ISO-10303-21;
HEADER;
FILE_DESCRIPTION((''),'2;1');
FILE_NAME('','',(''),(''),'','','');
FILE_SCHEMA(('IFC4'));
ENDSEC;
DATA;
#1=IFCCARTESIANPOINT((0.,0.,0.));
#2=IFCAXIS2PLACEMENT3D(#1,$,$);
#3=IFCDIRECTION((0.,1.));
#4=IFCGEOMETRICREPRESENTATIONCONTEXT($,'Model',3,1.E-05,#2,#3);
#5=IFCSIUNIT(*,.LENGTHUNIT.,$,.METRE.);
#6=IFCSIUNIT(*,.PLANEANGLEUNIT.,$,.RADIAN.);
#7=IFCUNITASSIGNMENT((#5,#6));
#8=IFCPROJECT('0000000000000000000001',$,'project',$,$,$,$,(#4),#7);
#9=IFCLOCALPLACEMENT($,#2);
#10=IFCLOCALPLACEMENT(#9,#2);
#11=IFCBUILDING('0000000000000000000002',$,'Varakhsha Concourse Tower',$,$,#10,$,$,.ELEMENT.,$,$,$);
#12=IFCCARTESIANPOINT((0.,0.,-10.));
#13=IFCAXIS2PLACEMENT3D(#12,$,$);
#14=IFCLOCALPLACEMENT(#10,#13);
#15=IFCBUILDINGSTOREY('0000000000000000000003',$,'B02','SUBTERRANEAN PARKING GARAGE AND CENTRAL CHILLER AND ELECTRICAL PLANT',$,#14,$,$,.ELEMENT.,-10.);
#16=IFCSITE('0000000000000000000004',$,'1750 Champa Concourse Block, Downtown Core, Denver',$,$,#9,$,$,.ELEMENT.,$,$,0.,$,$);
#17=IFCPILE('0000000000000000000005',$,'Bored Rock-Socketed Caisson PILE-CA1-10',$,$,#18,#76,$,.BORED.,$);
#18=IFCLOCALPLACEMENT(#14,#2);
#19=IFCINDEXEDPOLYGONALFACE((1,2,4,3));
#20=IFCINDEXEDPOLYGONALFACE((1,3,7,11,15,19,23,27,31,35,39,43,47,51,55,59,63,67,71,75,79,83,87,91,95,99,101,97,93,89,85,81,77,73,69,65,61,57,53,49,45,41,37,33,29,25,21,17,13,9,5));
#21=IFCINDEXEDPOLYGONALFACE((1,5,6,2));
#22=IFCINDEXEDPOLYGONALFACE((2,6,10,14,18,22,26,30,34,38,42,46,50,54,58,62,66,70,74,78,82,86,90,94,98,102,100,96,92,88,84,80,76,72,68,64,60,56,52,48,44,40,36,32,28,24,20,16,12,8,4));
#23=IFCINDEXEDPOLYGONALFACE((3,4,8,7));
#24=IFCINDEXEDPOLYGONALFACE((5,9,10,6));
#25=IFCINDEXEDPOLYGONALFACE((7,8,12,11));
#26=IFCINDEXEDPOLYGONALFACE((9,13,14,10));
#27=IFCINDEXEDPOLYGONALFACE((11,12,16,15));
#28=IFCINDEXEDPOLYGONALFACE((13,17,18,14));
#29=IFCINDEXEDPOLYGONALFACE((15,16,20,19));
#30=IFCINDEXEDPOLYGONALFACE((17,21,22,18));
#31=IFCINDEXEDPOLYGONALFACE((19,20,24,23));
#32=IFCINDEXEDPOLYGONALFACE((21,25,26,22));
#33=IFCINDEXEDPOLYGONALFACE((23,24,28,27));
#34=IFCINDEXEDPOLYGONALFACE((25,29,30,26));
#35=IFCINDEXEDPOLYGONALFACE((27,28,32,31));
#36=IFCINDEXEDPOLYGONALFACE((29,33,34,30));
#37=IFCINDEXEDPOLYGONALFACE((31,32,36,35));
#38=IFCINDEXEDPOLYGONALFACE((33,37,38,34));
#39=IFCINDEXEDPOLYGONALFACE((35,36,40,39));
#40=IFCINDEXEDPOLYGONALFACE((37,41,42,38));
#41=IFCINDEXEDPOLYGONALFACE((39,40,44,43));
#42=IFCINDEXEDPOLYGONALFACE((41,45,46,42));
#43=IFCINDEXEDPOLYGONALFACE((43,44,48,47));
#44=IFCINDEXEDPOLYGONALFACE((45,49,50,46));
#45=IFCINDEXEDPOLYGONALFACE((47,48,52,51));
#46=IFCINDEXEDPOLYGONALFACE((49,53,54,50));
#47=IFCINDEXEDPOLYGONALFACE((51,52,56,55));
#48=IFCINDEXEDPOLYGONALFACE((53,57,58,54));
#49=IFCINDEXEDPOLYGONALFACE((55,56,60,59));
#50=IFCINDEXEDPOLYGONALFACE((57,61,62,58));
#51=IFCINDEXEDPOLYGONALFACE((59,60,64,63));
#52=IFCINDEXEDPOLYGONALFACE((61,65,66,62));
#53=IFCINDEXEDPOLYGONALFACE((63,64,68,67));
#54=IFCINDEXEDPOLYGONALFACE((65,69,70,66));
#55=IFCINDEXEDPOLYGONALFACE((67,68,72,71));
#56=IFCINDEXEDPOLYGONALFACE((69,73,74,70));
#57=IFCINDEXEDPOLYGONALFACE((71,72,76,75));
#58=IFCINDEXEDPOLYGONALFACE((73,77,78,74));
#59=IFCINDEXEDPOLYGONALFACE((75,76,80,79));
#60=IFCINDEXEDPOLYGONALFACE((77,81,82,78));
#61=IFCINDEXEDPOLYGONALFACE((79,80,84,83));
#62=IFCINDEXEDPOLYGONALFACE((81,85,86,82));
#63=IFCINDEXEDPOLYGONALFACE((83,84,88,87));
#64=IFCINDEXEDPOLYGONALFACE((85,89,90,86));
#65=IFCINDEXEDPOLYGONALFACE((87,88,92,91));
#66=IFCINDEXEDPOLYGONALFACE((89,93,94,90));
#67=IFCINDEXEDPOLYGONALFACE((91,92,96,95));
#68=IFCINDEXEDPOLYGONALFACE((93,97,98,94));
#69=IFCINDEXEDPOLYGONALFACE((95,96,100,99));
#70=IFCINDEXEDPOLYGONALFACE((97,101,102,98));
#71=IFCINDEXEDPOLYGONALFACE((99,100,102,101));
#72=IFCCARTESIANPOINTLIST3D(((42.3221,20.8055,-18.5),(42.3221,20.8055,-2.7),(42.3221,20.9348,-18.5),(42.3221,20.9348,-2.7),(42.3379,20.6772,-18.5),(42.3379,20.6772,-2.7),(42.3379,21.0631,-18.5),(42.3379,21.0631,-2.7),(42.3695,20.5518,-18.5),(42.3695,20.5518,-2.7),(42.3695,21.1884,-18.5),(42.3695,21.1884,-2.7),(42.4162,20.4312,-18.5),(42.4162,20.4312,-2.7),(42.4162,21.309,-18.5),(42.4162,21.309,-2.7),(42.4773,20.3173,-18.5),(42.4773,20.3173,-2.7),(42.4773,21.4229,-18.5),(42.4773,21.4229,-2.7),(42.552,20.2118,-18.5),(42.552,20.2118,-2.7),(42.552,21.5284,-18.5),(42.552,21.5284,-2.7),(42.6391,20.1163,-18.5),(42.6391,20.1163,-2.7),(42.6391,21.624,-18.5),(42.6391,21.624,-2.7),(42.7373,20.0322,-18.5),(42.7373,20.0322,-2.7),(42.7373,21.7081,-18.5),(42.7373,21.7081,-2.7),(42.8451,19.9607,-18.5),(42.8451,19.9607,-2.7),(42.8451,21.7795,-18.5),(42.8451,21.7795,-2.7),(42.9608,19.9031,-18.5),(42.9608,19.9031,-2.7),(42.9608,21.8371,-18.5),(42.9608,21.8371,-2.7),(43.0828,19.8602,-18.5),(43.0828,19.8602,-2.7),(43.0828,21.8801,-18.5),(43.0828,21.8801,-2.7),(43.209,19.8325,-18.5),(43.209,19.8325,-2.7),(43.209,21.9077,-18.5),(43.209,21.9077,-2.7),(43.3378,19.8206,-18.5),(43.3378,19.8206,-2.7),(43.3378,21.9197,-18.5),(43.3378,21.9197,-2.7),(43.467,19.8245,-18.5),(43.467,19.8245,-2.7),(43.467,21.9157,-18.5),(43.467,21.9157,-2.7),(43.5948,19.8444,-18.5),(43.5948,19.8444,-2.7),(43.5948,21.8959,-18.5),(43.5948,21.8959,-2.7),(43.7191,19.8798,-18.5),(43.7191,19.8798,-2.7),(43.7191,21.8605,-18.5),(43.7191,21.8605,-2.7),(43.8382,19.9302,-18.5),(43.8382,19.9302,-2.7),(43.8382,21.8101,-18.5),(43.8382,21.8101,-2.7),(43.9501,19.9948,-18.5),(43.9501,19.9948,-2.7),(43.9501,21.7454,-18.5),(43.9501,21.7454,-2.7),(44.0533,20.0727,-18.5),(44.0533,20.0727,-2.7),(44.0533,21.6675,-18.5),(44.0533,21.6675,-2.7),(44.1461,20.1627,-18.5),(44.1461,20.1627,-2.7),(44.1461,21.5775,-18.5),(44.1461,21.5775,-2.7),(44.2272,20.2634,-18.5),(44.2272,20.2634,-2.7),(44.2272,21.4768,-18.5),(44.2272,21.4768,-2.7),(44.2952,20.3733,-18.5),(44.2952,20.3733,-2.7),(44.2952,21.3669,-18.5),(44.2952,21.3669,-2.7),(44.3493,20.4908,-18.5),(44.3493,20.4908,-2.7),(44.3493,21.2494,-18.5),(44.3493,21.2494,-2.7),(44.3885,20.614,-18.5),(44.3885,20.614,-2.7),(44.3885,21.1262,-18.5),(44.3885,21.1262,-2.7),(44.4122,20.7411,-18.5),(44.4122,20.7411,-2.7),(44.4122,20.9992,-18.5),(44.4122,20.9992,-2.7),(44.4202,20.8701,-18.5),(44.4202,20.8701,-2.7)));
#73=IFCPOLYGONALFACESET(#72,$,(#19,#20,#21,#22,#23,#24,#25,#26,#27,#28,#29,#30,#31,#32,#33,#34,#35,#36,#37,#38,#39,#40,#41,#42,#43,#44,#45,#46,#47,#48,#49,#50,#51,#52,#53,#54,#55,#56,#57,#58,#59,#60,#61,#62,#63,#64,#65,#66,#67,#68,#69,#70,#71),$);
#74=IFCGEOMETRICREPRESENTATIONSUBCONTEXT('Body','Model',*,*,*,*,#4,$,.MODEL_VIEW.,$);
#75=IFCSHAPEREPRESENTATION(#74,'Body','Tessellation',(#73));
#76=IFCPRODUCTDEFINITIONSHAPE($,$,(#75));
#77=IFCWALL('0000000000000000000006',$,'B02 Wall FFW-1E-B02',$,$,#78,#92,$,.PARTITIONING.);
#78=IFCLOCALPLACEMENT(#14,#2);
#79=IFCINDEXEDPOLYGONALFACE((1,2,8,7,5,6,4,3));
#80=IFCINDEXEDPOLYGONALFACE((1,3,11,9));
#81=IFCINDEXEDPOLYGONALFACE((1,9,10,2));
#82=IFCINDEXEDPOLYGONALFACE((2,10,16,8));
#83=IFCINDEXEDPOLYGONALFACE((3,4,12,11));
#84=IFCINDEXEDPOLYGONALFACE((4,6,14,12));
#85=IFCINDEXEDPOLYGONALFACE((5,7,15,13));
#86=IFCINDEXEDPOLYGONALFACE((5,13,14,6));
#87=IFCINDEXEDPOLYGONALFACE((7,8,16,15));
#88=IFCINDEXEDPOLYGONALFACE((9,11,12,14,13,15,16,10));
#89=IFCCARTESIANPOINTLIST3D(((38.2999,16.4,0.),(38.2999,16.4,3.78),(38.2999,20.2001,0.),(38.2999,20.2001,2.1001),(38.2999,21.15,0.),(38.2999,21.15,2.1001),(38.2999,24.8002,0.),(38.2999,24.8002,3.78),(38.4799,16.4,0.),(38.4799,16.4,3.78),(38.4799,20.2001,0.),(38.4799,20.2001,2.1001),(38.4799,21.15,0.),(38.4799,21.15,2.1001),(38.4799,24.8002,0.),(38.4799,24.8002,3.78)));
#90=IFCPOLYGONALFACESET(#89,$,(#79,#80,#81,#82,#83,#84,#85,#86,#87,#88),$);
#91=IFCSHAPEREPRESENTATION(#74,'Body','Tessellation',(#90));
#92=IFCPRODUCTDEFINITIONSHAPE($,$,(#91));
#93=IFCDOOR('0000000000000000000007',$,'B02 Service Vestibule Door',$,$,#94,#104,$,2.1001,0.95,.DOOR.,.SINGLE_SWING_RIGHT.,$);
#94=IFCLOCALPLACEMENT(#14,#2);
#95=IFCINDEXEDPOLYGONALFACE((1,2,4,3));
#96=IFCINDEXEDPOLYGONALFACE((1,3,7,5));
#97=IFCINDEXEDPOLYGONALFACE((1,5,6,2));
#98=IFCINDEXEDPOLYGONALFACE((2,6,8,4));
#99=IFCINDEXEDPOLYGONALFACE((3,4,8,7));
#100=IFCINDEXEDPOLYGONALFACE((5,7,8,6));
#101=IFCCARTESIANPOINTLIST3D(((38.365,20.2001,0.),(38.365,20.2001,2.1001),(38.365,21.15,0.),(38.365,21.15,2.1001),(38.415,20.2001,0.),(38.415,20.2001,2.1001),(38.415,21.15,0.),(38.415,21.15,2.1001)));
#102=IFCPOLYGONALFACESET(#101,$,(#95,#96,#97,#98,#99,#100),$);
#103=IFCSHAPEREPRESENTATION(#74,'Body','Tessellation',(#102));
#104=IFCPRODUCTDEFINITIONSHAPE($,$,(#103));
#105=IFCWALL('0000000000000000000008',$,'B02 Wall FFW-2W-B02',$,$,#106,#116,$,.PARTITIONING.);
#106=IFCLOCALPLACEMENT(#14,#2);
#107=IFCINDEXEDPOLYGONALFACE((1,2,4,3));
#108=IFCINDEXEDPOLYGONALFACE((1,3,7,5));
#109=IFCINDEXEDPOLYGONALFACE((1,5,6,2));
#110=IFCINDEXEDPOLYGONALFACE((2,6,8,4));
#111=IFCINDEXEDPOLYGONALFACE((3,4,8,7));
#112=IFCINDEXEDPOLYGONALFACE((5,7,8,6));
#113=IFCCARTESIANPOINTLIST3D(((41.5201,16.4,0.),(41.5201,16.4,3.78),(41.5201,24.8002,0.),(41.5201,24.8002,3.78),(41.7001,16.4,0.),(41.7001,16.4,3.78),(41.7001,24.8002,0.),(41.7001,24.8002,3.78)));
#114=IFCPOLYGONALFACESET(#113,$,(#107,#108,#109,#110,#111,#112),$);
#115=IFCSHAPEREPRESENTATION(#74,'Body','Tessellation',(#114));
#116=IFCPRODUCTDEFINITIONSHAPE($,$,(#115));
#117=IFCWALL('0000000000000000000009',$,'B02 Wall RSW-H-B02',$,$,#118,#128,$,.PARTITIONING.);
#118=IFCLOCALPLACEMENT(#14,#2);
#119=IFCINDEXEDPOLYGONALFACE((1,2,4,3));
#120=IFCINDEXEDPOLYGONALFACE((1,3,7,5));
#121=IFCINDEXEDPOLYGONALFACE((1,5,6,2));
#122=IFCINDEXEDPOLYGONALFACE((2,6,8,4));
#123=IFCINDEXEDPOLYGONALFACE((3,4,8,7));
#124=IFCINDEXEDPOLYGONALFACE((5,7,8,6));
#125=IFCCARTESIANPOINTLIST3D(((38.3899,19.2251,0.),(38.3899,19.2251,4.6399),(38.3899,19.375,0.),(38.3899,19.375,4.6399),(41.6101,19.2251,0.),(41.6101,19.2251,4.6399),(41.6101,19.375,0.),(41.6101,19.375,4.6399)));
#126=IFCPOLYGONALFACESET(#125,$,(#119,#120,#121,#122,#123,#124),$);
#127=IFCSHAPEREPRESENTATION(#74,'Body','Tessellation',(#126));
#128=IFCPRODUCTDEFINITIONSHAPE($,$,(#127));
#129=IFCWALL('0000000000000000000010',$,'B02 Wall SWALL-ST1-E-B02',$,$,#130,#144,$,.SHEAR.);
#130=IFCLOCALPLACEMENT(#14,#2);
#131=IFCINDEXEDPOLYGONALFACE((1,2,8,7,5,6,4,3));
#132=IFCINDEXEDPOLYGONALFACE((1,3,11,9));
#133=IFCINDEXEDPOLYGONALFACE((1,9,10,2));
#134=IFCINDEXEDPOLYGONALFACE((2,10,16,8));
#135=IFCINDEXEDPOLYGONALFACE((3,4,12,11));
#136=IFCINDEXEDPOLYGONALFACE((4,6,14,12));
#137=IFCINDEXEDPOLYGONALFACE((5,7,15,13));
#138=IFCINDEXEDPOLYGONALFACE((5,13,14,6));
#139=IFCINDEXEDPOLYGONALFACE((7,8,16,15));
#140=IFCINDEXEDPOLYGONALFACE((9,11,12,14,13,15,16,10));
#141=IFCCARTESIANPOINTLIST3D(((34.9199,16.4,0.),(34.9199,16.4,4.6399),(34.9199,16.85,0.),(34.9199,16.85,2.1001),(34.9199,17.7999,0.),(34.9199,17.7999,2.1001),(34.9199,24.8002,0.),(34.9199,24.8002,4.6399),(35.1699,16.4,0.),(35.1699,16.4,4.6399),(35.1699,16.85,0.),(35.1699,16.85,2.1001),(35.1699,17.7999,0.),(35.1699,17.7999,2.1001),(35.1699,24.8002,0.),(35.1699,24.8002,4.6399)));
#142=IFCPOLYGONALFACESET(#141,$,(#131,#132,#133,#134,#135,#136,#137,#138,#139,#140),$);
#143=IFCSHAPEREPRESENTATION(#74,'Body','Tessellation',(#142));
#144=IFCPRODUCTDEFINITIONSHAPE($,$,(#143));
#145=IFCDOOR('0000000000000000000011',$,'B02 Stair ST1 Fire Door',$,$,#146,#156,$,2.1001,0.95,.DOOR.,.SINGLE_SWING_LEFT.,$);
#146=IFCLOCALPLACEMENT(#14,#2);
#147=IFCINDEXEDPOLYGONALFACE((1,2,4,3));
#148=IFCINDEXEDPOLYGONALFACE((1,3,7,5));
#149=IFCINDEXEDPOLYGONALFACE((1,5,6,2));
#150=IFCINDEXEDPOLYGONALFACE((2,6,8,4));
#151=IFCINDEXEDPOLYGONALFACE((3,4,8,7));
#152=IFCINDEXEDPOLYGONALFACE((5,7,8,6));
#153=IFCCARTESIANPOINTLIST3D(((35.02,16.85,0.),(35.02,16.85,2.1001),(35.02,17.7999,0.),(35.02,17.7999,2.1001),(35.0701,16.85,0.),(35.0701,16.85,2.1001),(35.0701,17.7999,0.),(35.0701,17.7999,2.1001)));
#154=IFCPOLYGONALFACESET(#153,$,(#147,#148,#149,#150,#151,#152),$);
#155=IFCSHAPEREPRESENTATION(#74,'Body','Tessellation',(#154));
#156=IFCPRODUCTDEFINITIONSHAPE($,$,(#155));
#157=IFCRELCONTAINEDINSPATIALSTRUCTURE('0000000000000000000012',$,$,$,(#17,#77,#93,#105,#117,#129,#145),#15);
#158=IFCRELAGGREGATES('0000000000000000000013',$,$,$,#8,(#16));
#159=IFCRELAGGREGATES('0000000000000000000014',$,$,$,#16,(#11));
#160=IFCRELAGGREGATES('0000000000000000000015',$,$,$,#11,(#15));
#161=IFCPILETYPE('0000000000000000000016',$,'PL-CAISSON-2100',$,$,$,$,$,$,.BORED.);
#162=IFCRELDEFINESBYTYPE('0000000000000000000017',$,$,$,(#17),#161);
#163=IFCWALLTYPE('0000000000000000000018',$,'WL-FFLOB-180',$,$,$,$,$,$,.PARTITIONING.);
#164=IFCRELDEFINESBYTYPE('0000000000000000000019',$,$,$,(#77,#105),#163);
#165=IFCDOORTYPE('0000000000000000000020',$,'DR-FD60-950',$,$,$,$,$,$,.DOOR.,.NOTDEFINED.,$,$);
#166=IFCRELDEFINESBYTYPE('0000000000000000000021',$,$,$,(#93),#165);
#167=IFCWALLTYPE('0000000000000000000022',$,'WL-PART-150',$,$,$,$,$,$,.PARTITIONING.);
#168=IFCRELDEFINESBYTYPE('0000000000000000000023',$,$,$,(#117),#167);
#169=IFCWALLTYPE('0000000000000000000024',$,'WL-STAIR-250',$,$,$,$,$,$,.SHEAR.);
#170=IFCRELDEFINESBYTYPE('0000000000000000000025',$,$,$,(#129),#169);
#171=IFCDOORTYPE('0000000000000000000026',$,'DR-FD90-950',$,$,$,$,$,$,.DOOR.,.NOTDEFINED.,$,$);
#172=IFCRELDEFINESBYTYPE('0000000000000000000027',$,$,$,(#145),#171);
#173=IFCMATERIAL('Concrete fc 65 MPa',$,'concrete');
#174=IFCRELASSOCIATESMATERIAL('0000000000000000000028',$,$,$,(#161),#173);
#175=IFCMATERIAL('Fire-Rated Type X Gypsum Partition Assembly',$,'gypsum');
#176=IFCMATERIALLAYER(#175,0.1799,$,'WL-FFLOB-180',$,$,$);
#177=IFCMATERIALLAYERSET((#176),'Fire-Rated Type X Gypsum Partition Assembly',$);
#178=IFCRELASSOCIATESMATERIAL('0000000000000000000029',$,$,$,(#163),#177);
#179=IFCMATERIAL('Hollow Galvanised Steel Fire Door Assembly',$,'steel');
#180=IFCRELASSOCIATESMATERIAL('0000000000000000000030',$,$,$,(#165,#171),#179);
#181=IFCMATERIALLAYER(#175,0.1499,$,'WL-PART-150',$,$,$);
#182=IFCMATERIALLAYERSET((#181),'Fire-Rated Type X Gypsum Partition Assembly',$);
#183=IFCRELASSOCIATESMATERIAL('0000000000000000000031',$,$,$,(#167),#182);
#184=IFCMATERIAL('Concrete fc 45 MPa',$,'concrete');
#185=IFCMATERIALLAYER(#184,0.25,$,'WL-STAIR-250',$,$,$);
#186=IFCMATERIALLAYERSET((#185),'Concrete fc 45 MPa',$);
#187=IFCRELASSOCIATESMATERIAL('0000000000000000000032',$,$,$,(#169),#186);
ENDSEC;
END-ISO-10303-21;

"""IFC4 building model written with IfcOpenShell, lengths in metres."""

from ifc_helpers import new_model, si_unit, direction, frame, frame_2d, origin, origin_2d, place, context, subcontext, project, spatial, rectangle, circle, extrude, material, layer, layer_set, material_profile, profile_set, type_object, element, fill, save


model = new_model("IFC4")

# Units and contexts
model_context = context("Model", 3, precision=1e-05, world=origin(), true_north=direction((0.0, 1.0)))
body_context = subcontext(model_context, "Body", "Model", "MODEL_VIEW")
ifc_project = project(units=[si_unit("LENGTHUNIT", "METRE"), si_unit("PLANEANGLEUNIT", "RADIAN")], contexts=[model_context])

# Site, building, storey
site_placement = place(None, origin())
site = spatial("IfcSite", under=ifc_project, at=site_placement, Name="1750 Champa Concourse Block, Downtown Core, Denver", CompositionType="ELEMENT", RefElevation=0.0)
building_placement = place(site_placement, origin())
building = spatial("IfcBuilding", under=site, at=building_placement, Name="Varakhsha Concourse Tower", CompositionType="ELEMENT")
storey_placement = place(building_placement, frame((0.0, 0.0, -10.0)))
storey = spatial("IfcBuildingStorey", under=building, at=storey_placement, Name="B02", Description="SUBTERRANEAN PARKING GARAGE AND CENTRAL CHILLER AND ELECTRICAL PLANT", CompositionType="ELEMENT", Elevation=-10.0)

# Pile
ifc_material_1 = material(Name="Concrete fc 65 MPa", Category="concrete")
ifc_material_profile = material_profile(ifc_material_1, circle(Radius=1.05, at=origin_2d()), Name="CAISSON D2100")
ifc_profile_set = profile_set([ifc_material_profile], Name="Concrete fc 65 MPa")
pile_type = type_object("IfcPileType", Name="PL-CAISSON-2100", PredefinedType="BORED", material=ifc_profile_set)
for number, where, z_axis, x_axis, name in (
    (1, (43.3701, 20.8701, -2.7), (0.0, 0.0, -1.0), (1.0, 0.0, 0.0), "Bored Rock-Socketed Caisson PILE-CA1-10"),
):
    element("IfcPile", number, at=place(storey_placement, frame(where, z_axis=z_axis, x_axis=x_axis)), inside=storey, type_object=pile_type, Name=name, PredefinedType="BORED", context=body_context, shape_type="SweptSolid", body=[
        extrude(circle(Radius=1.05, at=origin_2d()), origin(), (0.0, 0.0, 1.0), 15.8),
    ])

# Wall, opening, door
ifc_material_2 = material(Name="Fire-Rated Type X Gypsum Partition Assembly", Category="gypsum")
ifc_layer_1 = layer(ifc_material_2, 0.1799, Name="WL-FFLOB-180")
ifc_layer_set_1 = layer_set([ifc_layer_1], Name="Fire-Rated Type X Gypsum Partition Assembly")
wall_type_1 = type_object("IfcWallType", Name="WL-FFLOB-180", PredefinedType="PARTITIONING", material=ifc_layer_set_1)
wall_1_placement = place(storey_placement, frame((38.3899, 16.3999, 0.0), z_axis=(0.0, 0.0, 1.0), x_axis=(0.0, 1.0, 0.0)))
wall_1 = element("IfcWall", 2, at=wall_1_placement, inside=storey, type_object=wall_type_1, Name="B02 Wall FFW-1E-B02", PredefinedType="PARTITIONING", context=body_context, shape_type="SweptSolid", body=[
    extrude(rectangle(XDim=8.4001, YDim=0.1799, at=frame_2d((4.2002, 0.0))), origin(), (0.0, 0.0, 1.0), 3.78),
])
opening_1_placement = place(wall_1_placement, frame((3.8, 0.0, 0.0)))
opening_1 = element("IfcOpeningElement", 3, at=opening_1_placement, cuts=wall_1, PredefinedType="OPENING", context=body_context, shape_type="SweptSolid", body=[
    extrude(rectangle(XDim=0.95, YDim=2.1001, at=frame_2d((0.4751, 1.05))), frame((0.0, 0.0999, 0.0), z_axis=(0.0, -1.0, 0.0), x_axis=(1.0, 0.0, 0.0)), (0.0, 0.0, 1.0), 0.2),
])
ifc_material_3 = material(Name="Hollow Galvanised Steel Fire Door Assembly", Category="steel")
door_type_1 = type_object("IfcDoorType", Name="DR-FD60-950", OperationType="NOTDEFINED", PredefinedType="DOOR", material=ifc_material_3)
door_1_placement = place(opening_1_placement, origin())
door_1 = element("IfcDoor", 4, at=door_1_placement, inside=storey, type_object=door_type_1, Name="B02 Service Vestibule Door", OperationType="SINGLE_SWING_RIGHT", OverallHeight=2.1001, OverallWidth=0.95, PredefinedType="DOOR", context=body_context, shape_type="SweptSolid", body=[
    extrude(rectangle(XDim=0.95, YDim=2.1001, at=frame_2d((0.4751, 1.05))), frame((0.0, 0.0249, 0.0), z_axis=(0.0, -1.0, 0.0), x_axis=(1.0, 0.0, 0.0)), (0.0, 0.0, 1.0), 0.05),
])
fill(opening_1, door_1)

# Walls
wall_2_placement = place(storey_placement, frame((41.6101, 16.3999, 0.0), z_axis=(0.0, 0.0, 1.0), x_axis=(0.0, 1.0, 0.0)))
element("IfcWall", 5, at=wall_2_placement, inside=storey, type_object=wall_type_1, Name="B02 Wall FFW-2W-B02", PredefinedType="PARTITIONING", context=body_context, shape_type="SweptSolid", body=[
    extrude(rectangle(XDim=8.4001, YDim=0.1799, at=frame_2d((4.2002, 0.0))), origin(), (0.0, 0.0, 1.0), 3.78),
])
ifc_layer_2 = layer(ifc_material_2, 0.1499, Name="WL-PART-150")
ifc_layer_set_2 = layer_set([ifc_layer_2], Name="Fire-Rated Type X Gypsum Partition Assembly")
wall_type_2 = type_object("IfcWallType", Name="WL-PART-150", PredefinedType="PARTITIONING", material=ifc_layer_set_2)
wall_3_placement = place(storey_placement, frame((38.3899, 19.3, 0.0), z_axis=(0.0, 0.0, 1.0), x_axis=(1.0, 0.0, 0.0)))
element("IfcWall", 6, at=wall_3_placement, inside=storey, type_object=wall_type_2, Name="B02 Wall RSW-H-B02", PredefinedType="PARTITIONING", context=body_context, shape_type="SweptSolid", body=[
    extrude(rectangle(XDim=3.2202, YDim=0.1499, at=frame_2d((1.6101, 0.0))), origin(), (0.0, 0.0, 1.0), 4.6399),
])

# Wall, opening, door
ifc_material_4 = material(Name="Concrete fc 45 MPa", Category="concrete")
ifc_layer_3 = layer(ifc_material_4, 0.25, Name="WL-STAIR-250")
ifc_layer_set_3 = layer_set([ifc_layer_3], Name="Concrete fc 45 MPa")
wall_type_3 = type_object("IfcWallType", Name="WL-STAIR-250", PredefinedType="SHEAR", material=ifc_layer_set_3)
wall_4_placement = place(storey_placement, frame((35.0449, 16.3999, 0.0), z_axis=(0.0, 0.0, 1.0), x_axis=(0.0, 1.0, 0.0)))
wall_4 = element("IfcWall", 7, at=wall_4_placement, inside=storey, type_object=wall_type_3, Name="B02 Wall SWALL-ST1-E-B02", PredefinedType="SHEAR", context=body_context, shape_type="SweptSolid", body=[
    extrude(rectangle(XDim=8.4001, YDim=0.25, at=frame_2d((4.2002, 0.0))), origin(), (0.0, 0.0, 1.0), 4.6399),
])
opening_2_placement = place(wall_4_placement, frame((0.45, 0.0, 0.0)))
opening_2 = element("IfcOpeningElement", 8, at=opening_2_placement, cuts=wall_4, PredefinedType="OPENING", context=body_context, shape_type="SweptSolid", body=[
    extrude(rectangle(XDim=0.95, YDim=2.1001, at=frame_2d((0.4751, 1.05))), frame((0.0, 0.135, 0.0), z_axis=(0.0, -1.0, 0.0), x_axis=(1.0, 0.0, 0.0)), (0.0, 0.0, 1.0), 0.27),
])
door_type_2 = type_object("IfcDoorType", Name="DR-FD90-950", OperationType="NOTDEFINED", PredefinedType="DOOR", material=ifc_material_3)
door_2_placement = place(opening_2_placement, origin())
door_2 = element("IfcDoor", 9, at=door_2_placement, inside=storey, type_object=door_type_2, Name="B02 Stair ST1 Fire Door", OperationType="SINGLE_SWING_LEFT", OverallHeight=2.1001, OverallWidth=0.95, PredefinedType="DOOR", context=body_context, shape_type="SweptSolid", body=[
    extrude(rectangle(XDim=0.95, YDim=2.1001, at=frame_2d((0.4751, 1.05))), frame((0.0, 0.0249, 0.0), z_axis=(0.0, -1.0, 0.0), x_axis=(1.0, 0.0, 0.0)), (0.0, 0.0, 1.0), 0.05),
])
fill(opening_2, door_2)

save(model, "model.ifc")
